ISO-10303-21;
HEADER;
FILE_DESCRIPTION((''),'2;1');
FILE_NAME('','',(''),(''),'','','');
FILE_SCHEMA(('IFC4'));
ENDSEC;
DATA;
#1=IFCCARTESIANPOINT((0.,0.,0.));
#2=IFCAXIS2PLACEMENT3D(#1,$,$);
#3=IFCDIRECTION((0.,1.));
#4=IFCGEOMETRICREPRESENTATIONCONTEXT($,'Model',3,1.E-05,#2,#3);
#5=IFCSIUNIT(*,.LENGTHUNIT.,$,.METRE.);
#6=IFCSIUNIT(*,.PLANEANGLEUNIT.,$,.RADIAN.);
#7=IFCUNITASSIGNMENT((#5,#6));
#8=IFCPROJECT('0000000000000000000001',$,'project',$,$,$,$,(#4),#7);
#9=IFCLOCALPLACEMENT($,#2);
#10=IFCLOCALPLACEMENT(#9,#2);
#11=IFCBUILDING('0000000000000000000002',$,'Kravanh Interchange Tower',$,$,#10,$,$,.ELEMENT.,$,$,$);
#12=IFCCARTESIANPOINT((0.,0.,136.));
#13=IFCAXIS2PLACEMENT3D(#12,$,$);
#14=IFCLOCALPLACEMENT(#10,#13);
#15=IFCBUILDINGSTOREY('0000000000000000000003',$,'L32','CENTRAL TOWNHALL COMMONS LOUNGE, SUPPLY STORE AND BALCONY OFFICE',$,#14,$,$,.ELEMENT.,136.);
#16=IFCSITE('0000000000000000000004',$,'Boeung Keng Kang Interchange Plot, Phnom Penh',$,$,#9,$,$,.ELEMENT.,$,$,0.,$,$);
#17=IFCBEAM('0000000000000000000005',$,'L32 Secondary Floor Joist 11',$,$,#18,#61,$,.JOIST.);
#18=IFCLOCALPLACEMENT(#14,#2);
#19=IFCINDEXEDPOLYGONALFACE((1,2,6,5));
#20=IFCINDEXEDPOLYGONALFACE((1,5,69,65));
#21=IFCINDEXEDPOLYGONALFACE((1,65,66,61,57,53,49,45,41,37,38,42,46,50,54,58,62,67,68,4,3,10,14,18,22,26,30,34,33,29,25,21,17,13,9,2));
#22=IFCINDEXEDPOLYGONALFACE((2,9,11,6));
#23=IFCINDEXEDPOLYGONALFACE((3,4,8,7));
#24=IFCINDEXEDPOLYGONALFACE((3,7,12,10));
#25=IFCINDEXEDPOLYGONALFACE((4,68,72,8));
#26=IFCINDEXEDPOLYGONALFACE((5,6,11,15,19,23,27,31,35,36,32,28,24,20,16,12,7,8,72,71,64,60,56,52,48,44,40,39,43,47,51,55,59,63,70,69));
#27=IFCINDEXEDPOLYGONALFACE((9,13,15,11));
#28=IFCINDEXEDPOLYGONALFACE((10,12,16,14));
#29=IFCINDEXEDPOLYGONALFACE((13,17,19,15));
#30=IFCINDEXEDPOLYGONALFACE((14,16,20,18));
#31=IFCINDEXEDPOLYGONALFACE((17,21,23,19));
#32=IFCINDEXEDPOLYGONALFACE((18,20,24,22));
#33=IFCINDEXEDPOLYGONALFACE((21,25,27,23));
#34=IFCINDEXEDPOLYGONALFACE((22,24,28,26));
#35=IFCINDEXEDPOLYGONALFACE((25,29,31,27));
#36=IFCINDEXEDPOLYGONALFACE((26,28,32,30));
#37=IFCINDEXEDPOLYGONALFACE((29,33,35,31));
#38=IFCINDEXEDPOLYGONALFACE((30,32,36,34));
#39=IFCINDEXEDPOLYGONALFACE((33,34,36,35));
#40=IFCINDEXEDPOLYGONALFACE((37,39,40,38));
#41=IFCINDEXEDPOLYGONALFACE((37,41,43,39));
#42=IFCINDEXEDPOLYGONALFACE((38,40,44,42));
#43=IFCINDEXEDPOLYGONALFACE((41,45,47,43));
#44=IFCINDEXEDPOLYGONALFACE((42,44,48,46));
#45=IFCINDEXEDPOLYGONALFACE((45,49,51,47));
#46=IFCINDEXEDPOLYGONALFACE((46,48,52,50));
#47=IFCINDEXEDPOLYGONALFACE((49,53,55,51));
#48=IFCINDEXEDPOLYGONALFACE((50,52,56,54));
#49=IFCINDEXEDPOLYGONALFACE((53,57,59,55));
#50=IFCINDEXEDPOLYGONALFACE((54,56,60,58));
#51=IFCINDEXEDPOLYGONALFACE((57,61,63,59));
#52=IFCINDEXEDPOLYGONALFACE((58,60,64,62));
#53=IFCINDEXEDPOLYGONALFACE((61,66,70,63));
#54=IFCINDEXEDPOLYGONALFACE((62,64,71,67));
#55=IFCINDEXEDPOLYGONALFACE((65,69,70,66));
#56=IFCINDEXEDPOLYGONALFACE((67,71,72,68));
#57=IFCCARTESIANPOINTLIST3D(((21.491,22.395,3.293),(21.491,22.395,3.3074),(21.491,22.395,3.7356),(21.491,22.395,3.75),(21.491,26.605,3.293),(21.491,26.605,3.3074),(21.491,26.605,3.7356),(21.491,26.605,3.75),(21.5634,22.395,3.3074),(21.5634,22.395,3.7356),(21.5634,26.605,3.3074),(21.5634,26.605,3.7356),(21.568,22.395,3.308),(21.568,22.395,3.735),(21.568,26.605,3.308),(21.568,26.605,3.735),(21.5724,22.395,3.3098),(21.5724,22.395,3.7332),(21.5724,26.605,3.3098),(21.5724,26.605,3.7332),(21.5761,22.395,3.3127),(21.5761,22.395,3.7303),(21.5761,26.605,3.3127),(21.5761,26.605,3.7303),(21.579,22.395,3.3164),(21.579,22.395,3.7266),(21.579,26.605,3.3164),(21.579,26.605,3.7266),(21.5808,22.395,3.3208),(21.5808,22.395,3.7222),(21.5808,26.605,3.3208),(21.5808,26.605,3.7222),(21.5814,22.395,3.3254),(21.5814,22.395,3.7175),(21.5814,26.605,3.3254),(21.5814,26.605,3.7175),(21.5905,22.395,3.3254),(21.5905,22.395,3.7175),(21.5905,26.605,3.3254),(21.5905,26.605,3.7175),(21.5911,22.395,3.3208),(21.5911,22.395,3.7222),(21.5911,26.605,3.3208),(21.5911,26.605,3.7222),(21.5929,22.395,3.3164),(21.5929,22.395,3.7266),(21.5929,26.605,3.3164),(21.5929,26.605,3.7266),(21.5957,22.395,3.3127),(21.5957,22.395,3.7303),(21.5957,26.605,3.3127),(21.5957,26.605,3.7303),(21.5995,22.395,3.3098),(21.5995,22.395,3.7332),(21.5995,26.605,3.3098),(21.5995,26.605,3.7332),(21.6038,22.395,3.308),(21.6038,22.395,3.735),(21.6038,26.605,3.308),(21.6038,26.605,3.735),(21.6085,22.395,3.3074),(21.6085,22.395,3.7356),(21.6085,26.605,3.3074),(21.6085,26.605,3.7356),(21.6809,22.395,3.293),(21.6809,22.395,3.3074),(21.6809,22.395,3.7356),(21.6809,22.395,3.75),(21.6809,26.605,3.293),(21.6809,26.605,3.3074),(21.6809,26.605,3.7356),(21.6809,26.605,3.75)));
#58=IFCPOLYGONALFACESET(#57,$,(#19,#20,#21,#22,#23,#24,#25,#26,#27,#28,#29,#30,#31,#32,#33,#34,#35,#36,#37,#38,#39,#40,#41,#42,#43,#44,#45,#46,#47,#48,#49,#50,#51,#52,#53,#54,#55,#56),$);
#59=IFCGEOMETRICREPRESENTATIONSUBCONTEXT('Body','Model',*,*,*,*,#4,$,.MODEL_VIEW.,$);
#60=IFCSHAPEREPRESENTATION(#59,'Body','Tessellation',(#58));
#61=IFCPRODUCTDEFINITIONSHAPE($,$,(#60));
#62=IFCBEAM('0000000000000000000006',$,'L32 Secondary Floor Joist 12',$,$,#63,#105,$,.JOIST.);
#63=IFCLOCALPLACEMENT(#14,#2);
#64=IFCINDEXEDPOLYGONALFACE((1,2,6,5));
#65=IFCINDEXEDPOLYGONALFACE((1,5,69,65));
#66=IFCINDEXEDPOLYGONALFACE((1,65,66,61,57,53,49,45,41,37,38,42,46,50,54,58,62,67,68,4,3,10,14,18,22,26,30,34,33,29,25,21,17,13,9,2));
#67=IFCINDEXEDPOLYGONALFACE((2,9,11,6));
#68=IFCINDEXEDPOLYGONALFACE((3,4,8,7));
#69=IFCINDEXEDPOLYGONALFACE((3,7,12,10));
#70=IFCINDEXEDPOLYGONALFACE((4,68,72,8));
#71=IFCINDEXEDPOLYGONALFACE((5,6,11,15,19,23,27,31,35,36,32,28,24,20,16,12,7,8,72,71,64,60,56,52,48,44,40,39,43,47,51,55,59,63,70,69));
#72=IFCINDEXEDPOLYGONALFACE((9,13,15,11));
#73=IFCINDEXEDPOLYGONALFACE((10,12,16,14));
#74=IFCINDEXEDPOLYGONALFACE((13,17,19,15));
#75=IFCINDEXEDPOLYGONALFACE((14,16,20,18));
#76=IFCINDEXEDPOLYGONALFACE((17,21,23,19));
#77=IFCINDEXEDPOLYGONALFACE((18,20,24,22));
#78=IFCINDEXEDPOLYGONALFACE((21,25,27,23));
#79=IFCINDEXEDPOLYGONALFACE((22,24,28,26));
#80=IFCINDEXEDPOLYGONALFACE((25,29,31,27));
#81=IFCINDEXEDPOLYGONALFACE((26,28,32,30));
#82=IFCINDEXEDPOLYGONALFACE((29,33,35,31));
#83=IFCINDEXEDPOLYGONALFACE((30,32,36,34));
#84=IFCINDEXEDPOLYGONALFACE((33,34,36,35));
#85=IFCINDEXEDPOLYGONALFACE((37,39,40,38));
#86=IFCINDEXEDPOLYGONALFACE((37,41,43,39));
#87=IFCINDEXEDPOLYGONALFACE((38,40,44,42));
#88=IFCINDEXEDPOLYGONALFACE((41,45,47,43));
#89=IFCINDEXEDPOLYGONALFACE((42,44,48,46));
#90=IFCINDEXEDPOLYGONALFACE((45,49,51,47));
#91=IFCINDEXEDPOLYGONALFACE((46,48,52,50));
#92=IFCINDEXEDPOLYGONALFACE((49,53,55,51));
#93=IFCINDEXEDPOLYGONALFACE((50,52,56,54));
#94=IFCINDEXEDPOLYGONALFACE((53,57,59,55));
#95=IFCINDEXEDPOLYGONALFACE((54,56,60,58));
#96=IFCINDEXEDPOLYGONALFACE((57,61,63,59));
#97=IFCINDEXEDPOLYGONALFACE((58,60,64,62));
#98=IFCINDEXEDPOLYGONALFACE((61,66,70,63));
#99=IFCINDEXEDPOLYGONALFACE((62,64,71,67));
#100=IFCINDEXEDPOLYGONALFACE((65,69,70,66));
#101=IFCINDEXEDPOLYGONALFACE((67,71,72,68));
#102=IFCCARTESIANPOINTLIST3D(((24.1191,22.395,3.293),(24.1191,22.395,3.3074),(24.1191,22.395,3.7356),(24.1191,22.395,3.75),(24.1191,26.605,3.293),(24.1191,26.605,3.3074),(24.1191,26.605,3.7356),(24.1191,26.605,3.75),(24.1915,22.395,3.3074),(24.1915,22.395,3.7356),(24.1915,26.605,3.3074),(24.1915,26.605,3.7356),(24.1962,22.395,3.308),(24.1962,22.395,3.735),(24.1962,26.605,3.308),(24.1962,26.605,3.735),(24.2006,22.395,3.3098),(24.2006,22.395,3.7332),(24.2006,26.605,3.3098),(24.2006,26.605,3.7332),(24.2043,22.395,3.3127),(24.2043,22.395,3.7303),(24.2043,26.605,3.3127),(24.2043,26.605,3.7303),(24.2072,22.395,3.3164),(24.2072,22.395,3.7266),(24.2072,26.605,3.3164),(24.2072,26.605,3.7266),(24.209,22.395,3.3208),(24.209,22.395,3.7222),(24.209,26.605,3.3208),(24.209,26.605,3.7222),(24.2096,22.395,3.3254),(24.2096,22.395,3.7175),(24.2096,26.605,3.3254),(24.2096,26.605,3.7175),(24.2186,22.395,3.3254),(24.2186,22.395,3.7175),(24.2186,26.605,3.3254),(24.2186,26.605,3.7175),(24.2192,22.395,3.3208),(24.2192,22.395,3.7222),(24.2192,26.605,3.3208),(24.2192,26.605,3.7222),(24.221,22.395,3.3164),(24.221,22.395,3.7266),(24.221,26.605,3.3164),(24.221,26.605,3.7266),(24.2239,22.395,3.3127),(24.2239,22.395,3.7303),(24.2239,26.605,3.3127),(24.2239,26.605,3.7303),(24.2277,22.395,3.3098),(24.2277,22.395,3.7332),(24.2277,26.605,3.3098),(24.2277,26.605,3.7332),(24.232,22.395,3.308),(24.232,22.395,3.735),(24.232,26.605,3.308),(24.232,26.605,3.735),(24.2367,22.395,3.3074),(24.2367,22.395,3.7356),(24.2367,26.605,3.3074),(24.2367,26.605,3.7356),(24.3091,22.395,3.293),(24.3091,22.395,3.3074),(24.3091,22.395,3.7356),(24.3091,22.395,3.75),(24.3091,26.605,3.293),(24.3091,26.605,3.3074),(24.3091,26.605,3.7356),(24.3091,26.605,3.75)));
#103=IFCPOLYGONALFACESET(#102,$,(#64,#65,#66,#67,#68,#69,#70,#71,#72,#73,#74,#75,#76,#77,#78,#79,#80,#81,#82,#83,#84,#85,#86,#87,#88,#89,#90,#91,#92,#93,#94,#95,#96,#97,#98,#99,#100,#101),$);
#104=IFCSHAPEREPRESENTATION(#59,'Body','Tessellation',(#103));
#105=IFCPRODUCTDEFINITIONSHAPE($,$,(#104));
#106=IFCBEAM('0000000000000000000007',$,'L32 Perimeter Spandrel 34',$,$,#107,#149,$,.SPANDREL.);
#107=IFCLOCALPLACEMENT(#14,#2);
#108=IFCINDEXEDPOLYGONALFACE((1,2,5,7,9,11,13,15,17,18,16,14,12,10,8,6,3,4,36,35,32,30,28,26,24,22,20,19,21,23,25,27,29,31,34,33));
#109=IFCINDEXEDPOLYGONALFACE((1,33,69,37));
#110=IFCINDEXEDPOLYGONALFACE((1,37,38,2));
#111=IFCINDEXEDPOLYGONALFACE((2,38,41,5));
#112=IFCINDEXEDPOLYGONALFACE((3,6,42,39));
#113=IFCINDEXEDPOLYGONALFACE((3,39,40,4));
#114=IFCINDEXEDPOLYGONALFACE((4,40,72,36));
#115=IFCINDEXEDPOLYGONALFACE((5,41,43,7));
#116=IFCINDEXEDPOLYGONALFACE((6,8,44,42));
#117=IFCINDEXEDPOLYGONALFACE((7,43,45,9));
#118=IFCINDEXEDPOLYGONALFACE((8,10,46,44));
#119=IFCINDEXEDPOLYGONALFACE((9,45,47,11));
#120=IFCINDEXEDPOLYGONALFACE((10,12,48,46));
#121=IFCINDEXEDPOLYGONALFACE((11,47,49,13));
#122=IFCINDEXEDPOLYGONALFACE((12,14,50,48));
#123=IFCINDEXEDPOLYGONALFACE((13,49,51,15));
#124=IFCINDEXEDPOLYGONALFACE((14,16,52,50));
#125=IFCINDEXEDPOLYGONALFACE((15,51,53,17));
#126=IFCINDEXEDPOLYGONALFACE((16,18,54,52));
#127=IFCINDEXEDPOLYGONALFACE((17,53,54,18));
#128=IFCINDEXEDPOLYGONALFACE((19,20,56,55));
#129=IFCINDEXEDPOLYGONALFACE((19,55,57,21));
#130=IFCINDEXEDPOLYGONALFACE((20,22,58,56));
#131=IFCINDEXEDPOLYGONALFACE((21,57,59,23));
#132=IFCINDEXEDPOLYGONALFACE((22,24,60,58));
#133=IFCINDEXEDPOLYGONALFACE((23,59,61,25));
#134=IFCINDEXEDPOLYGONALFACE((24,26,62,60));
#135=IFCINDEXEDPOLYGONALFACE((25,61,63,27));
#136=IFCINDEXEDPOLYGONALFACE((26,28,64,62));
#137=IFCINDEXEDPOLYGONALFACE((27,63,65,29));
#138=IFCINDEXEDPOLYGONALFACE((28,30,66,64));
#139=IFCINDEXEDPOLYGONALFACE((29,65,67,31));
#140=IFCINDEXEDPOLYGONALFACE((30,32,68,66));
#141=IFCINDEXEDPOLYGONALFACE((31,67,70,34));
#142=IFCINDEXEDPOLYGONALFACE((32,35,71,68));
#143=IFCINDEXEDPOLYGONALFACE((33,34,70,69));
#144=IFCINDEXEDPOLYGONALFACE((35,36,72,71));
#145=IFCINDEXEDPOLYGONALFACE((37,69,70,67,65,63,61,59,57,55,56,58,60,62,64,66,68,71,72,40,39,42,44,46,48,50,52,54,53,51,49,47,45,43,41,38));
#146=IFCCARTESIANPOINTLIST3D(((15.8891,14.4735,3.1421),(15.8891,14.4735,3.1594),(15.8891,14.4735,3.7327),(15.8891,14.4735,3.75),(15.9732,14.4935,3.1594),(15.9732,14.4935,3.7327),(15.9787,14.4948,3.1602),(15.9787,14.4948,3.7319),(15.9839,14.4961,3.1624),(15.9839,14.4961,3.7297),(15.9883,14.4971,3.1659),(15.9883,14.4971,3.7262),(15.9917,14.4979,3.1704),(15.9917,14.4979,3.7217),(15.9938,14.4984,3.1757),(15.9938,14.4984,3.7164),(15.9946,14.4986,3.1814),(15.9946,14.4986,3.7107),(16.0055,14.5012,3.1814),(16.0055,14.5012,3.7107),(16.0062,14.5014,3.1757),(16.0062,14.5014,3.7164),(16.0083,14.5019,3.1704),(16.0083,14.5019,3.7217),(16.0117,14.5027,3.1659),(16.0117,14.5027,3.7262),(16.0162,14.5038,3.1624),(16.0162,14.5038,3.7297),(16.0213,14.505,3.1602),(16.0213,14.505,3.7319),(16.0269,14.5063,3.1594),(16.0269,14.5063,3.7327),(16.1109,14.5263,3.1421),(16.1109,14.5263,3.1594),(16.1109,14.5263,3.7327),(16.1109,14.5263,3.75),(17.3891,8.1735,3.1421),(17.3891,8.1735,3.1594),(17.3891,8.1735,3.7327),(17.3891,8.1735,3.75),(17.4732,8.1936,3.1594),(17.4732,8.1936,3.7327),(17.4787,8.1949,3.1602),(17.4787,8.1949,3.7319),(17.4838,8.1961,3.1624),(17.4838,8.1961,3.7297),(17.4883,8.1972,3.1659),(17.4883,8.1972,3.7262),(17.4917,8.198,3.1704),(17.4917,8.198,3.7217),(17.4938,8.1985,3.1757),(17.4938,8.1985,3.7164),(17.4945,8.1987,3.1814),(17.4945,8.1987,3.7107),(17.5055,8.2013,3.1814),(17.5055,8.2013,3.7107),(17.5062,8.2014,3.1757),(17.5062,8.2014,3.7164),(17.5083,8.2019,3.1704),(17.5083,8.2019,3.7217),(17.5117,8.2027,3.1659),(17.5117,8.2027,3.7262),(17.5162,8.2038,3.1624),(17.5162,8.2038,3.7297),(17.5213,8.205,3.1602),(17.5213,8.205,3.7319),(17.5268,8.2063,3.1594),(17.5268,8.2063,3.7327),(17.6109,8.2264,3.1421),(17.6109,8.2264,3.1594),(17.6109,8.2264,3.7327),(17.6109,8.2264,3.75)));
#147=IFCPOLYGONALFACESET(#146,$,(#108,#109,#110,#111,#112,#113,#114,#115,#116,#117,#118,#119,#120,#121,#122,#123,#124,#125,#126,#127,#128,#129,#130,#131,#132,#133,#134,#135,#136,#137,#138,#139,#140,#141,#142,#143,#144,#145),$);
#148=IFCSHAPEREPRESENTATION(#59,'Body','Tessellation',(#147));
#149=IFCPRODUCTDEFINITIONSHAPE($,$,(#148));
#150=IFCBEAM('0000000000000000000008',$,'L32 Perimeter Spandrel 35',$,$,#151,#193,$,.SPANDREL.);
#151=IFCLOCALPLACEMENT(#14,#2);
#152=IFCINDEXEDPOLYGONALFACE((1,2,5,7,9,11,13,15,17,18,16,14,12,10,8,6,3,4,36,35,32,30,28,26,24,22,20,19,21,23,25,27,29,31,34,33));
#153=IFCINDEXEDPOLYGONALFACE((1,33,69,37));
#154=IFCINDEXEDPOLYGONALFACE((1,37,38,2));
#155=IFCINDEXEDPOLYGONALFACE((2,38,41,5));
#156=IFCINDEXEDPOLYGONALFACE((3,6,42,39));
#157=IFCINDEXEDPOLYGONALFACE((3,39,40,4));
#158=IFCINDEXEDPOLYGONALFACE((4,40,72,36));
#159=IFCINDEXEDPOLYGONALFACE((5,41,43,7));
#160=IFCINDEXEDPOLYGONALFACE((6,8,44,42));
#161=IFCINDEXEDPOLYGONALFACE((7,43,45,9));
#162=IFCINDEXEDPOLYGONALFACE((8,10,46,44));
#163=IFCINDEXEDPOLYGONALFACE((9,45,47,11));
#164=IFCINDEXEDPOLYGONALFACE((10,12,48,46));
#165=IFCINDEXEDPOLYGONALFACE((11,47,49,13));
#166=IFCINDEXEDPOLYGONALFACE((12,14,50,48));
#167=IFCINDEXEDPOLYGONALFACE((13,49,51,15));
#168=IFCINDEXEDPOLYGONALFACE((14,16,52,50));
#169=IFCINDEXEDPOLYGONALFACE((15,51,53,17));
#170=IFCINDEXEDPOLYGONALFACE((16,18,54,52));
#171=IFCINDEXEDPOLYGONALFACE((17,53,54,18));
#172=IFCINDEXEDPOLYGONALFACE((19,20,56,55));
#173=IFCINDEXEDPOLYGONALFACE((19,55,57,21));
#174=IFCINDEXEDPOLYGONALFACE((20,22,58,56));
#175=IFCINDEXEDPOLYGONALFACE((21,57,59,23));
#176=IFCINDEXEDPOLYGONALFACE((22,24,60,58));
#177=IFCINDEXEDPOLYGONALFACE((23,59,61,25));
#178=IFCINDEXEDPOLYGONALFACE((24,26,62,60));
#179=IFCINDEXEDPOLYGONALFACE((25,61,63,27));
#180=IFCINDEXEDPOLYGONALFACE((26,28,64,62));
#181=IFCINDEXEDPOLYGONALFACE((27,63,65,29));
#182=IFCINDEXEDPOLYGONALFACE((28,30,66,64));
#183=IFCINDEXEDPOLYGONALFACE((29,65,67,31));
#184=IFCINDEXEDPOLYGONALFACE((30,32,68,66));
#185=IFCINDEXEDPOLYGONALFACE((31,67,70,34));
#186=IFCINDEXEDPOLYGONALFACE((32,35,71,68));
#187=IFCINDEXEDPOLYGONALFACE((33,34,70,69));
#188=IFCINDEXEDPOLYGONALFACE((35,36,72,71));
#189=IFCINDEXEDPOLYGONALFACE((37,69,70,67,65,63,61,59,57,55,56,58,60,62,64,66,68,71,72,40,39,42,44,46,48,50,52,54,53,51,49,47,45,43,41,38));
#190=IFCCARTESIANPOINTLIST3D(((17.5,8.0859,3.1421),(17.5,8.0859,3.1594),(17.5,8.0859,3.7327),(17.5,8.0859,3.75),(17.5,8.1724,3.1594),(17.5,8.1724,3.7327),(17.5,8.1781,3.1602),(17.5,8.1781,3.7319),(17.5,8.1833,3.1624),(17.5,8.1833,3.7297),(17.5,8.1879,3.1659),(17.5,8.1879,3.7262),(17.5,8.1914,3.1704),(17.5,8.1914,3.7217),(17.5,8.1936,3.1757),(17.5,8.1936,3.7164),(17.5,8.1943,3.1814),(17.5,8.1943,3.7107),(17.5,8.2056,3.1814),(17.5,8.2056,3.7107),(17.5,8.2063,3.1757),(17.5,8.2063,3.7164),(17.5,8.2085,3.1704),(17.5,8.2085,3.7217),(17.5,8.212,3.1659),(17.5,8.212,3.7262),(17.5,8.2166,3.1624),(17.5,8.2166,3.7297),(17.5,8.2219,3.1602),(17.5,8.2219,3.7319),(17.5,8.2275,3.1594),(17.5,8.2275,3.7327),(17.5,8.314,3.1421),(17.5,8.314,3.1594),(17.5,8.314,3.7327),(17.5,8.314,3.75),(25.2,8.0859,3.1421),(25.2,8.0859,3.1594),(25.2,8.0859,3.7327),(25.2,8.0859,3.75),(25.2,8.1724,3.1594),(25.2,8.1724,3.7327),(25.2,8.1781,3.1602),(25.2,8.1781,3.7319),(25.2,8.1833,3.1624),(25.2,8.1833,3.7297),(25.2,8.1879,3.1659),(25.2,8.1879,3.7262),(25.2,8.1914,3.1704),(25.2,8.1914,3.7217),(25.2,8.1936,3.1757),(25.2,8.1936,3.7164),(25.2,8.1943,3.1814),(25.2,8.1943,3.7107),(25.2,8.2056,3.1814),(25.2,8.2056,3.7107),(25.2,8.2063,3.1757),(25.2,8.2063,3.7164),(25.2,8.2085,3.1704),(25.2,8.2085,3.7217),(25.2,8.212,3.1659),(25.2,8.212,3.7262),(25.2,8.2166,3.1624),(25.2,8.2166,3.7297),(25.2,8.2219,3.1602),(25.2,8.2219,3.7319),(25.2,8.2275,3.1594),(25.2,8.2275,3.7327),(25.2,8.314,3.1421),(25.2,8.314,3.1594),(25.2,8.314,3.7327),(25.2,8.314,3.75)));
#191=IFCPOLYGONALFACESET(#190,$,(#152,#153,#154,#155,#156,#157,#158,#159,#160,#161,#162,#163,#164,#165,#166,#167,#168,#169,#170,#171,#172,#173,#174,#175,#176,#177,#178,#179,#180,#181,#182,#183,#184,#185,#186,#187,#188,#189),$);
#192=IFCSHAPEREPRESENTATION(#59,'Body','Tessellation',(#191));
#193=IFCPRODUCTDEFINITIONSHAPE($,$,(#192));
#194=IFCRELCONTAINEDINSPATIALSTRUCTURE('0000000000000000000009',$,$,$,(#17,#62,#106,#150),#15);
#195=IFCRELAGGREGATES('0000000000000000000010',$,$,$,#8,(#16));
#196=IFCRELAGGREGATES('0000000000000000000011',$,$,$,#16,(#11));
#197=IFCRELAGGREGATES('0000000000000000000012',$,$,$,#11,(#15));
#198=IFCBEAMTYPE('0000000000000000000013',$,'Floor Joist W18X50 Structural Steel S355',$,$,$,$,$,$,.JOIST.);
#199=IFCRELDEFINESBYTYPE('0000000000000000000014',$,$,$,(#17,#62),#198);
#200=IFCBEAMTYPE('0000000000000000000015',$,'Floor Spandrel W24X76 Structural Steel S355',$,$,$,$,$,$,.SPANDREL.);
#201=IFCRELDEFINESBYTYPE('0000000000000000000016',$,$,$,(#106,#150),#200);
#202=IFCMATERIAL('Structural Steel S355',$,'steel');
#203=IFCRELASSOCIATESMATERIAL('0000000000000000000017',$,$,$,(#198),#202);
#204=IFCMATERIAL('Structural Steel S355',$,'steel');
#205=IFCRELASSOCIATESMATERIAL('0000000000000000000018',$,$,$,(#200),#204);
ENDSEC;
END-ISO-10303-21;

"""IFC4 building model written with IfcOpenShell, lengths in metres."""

from ifc_helpers import new_model, si_unit, direction, frame, origin, origin_2d, place, context, subcontext, project, spatial, i_section, extrude, material, material_profile, profile_set, type_object, element, save


model = new_model("IFC4")

# Units and contexts
model_context = context("Model", 3, precision=1e-05, world=origin(), true_north=direction((0.0, 1.0)))
body_context = subcontext(model_context, "Body", "Model", "MODEL_VIEW")
ifc_project = project(units=[si_unit("LENGTHUNIT", "METRE"), si_unit("PLANEANGLEUNIT", "RADIAN")], contexts=[model_context])

# Site, building, storey
site_placement = place(None, origin())
site = spatial("IfcSite", under=ifc_project, at=site_placement, Name="Boeung Keng Kang Interchange Plot, Phnom Penh", CompositionType="ELEMENT", RefElevation=0.0)
building_placement = place(site_placement, origin())
building = spatial("IfcBuilding", under=site, at=building_placement, Name="Kravanh Interchange Tower", CompositionType="ELEMENT")
storey_placement = place(building_placement, frame((0.0, 0.0, 136.0)))
storey = spatial("IfcBuildingStorey", under=building, at=storey_placement, Name="L32", Description="CENTRAL TOWNHALL COMMONS LOUNGE, SUPPLY STORE AND BALCONY OFFICE", CompositionType="ELEMENT", Elevation=136.0)

# Beams
ifc_material_1 = material(Name="Structural Steel S355", Category="steel")
ifc_material_profile_1 = material_profile(ifc_material_1, i_section(OverallWidth=0.1899, OverallDepth=0.457, WebThickness=0.009, FlangeThickness=0.0144, FilletRadius=0.0181, at=origin_2d()), Name="W18X50")
ifc_profile_set_1 = profile_set([ifc_material_profile_1], Name="Structural Steel S355")
beam_type_1 = type_object("IfcBeamType", Name="Floor Joist W18X50 Structural Steel S355", PredefinedType="JOIST", material=ifc_profile_set_1)
for number, where, z_axis, x_axis, name in (
    (1, (21.5859, 22.395, 3.5215), (0.0, 1.0, 0.0), (-1.0, 0.0, 0.0), "L32 Secondary Floor Joist 11"),
    (2, (24.2141, 22.395, 3.5215), (0.0, 1.0, 0.0), (-1.0, 0.0, 0.0), "L32 Secondary Floor Joist 12"),
):
    element("IfcBeam", number, at=place(storey_placement, frame(where, z_axis=z_axis, x_axis=x_axis)), inside=storey, type_object=beam_type_1, Name=name, PredefinedType="JOIST", context=body_context, shape_type="SweptSolid", body=[
        extrude(i_section(OverallWidth=0.1899, OverallDepth=0.457, WebThickness=0.009, FlangeThickness=0.0144, FilletRadius=0.0181, at=origin_2d()), origin(), (0.0, 0.0, 1.0), 4.21),
    ])
ifc_material_2 = material(Name="Structural Steel S355", Category="steel")
ifc_material_profile_2 = material_profile(ifc_material_2, i_section(OverallWidth=0.228, OverallDepth=0.6079, WebThickness=0.0112, FlangeThickness=0.0173, FilletRadius=0.022, at=origin_2d()), Name="W24X76")
ifc_profile_set_2 = profile_set([ifc_material_profile_2], Name="Structural Steel S355")
beam_type_2 = type_object("IfcBeamType", Name="Floor Spandrel W24X76 Structural Steel S355", PredefinedType="SPANDREL", material=ifc_profile_set_2)
beam_1_placement = place(storey_placement, frame((17.5, 8.2, 3.446), z_axis=(-0.231619, 0.972807, 0.0), x_axis=(-0.972807, -0.231619, 0.0)))
element("IfcBeam", 3, at=beam_1_placement, inside=storey, type_object=beam_type_2, Name="L32 Perimeter Spandrel 34", PredefinedType="SPANDREL", context=body_context, shape_type="SweptSolid", body=[
    extrude(i_section(OverallWidth=0.228, OverallDepth=0.6079, WebThickness=0.0112, FlangeThickness=0.0173, FilletRadius=0.022, at=origin_2d()), origin(), (0.0, 0.0, 1.0), 6.4761),
])
beam_2_placement = place(storey_placement, frame((17.5, 8.2, 3.446), z_axis=(1.0, 0.0, 0.0), x_axis=(0.0, 1.0, 0.0)))
element("IfcBeam", 4, at=beam_2_placement, inside=storey, type_object=beam_type_2, Name="L32 Perimeter Spandrel 35", PredefinedType="SPANDREL", context=body_context, shape_type="SweptSolid", body=[
    extrude(i_section(OverallWidth=0.228, OverallDepth=0.6079, WebThickness=0.0112, FlangeThickness=0.0173, FilletRadius=0.022, at=origin_2d()), origin(), (0.0, 0.0, 1.0), 7.7),
])

save(model, "model.ifc")
